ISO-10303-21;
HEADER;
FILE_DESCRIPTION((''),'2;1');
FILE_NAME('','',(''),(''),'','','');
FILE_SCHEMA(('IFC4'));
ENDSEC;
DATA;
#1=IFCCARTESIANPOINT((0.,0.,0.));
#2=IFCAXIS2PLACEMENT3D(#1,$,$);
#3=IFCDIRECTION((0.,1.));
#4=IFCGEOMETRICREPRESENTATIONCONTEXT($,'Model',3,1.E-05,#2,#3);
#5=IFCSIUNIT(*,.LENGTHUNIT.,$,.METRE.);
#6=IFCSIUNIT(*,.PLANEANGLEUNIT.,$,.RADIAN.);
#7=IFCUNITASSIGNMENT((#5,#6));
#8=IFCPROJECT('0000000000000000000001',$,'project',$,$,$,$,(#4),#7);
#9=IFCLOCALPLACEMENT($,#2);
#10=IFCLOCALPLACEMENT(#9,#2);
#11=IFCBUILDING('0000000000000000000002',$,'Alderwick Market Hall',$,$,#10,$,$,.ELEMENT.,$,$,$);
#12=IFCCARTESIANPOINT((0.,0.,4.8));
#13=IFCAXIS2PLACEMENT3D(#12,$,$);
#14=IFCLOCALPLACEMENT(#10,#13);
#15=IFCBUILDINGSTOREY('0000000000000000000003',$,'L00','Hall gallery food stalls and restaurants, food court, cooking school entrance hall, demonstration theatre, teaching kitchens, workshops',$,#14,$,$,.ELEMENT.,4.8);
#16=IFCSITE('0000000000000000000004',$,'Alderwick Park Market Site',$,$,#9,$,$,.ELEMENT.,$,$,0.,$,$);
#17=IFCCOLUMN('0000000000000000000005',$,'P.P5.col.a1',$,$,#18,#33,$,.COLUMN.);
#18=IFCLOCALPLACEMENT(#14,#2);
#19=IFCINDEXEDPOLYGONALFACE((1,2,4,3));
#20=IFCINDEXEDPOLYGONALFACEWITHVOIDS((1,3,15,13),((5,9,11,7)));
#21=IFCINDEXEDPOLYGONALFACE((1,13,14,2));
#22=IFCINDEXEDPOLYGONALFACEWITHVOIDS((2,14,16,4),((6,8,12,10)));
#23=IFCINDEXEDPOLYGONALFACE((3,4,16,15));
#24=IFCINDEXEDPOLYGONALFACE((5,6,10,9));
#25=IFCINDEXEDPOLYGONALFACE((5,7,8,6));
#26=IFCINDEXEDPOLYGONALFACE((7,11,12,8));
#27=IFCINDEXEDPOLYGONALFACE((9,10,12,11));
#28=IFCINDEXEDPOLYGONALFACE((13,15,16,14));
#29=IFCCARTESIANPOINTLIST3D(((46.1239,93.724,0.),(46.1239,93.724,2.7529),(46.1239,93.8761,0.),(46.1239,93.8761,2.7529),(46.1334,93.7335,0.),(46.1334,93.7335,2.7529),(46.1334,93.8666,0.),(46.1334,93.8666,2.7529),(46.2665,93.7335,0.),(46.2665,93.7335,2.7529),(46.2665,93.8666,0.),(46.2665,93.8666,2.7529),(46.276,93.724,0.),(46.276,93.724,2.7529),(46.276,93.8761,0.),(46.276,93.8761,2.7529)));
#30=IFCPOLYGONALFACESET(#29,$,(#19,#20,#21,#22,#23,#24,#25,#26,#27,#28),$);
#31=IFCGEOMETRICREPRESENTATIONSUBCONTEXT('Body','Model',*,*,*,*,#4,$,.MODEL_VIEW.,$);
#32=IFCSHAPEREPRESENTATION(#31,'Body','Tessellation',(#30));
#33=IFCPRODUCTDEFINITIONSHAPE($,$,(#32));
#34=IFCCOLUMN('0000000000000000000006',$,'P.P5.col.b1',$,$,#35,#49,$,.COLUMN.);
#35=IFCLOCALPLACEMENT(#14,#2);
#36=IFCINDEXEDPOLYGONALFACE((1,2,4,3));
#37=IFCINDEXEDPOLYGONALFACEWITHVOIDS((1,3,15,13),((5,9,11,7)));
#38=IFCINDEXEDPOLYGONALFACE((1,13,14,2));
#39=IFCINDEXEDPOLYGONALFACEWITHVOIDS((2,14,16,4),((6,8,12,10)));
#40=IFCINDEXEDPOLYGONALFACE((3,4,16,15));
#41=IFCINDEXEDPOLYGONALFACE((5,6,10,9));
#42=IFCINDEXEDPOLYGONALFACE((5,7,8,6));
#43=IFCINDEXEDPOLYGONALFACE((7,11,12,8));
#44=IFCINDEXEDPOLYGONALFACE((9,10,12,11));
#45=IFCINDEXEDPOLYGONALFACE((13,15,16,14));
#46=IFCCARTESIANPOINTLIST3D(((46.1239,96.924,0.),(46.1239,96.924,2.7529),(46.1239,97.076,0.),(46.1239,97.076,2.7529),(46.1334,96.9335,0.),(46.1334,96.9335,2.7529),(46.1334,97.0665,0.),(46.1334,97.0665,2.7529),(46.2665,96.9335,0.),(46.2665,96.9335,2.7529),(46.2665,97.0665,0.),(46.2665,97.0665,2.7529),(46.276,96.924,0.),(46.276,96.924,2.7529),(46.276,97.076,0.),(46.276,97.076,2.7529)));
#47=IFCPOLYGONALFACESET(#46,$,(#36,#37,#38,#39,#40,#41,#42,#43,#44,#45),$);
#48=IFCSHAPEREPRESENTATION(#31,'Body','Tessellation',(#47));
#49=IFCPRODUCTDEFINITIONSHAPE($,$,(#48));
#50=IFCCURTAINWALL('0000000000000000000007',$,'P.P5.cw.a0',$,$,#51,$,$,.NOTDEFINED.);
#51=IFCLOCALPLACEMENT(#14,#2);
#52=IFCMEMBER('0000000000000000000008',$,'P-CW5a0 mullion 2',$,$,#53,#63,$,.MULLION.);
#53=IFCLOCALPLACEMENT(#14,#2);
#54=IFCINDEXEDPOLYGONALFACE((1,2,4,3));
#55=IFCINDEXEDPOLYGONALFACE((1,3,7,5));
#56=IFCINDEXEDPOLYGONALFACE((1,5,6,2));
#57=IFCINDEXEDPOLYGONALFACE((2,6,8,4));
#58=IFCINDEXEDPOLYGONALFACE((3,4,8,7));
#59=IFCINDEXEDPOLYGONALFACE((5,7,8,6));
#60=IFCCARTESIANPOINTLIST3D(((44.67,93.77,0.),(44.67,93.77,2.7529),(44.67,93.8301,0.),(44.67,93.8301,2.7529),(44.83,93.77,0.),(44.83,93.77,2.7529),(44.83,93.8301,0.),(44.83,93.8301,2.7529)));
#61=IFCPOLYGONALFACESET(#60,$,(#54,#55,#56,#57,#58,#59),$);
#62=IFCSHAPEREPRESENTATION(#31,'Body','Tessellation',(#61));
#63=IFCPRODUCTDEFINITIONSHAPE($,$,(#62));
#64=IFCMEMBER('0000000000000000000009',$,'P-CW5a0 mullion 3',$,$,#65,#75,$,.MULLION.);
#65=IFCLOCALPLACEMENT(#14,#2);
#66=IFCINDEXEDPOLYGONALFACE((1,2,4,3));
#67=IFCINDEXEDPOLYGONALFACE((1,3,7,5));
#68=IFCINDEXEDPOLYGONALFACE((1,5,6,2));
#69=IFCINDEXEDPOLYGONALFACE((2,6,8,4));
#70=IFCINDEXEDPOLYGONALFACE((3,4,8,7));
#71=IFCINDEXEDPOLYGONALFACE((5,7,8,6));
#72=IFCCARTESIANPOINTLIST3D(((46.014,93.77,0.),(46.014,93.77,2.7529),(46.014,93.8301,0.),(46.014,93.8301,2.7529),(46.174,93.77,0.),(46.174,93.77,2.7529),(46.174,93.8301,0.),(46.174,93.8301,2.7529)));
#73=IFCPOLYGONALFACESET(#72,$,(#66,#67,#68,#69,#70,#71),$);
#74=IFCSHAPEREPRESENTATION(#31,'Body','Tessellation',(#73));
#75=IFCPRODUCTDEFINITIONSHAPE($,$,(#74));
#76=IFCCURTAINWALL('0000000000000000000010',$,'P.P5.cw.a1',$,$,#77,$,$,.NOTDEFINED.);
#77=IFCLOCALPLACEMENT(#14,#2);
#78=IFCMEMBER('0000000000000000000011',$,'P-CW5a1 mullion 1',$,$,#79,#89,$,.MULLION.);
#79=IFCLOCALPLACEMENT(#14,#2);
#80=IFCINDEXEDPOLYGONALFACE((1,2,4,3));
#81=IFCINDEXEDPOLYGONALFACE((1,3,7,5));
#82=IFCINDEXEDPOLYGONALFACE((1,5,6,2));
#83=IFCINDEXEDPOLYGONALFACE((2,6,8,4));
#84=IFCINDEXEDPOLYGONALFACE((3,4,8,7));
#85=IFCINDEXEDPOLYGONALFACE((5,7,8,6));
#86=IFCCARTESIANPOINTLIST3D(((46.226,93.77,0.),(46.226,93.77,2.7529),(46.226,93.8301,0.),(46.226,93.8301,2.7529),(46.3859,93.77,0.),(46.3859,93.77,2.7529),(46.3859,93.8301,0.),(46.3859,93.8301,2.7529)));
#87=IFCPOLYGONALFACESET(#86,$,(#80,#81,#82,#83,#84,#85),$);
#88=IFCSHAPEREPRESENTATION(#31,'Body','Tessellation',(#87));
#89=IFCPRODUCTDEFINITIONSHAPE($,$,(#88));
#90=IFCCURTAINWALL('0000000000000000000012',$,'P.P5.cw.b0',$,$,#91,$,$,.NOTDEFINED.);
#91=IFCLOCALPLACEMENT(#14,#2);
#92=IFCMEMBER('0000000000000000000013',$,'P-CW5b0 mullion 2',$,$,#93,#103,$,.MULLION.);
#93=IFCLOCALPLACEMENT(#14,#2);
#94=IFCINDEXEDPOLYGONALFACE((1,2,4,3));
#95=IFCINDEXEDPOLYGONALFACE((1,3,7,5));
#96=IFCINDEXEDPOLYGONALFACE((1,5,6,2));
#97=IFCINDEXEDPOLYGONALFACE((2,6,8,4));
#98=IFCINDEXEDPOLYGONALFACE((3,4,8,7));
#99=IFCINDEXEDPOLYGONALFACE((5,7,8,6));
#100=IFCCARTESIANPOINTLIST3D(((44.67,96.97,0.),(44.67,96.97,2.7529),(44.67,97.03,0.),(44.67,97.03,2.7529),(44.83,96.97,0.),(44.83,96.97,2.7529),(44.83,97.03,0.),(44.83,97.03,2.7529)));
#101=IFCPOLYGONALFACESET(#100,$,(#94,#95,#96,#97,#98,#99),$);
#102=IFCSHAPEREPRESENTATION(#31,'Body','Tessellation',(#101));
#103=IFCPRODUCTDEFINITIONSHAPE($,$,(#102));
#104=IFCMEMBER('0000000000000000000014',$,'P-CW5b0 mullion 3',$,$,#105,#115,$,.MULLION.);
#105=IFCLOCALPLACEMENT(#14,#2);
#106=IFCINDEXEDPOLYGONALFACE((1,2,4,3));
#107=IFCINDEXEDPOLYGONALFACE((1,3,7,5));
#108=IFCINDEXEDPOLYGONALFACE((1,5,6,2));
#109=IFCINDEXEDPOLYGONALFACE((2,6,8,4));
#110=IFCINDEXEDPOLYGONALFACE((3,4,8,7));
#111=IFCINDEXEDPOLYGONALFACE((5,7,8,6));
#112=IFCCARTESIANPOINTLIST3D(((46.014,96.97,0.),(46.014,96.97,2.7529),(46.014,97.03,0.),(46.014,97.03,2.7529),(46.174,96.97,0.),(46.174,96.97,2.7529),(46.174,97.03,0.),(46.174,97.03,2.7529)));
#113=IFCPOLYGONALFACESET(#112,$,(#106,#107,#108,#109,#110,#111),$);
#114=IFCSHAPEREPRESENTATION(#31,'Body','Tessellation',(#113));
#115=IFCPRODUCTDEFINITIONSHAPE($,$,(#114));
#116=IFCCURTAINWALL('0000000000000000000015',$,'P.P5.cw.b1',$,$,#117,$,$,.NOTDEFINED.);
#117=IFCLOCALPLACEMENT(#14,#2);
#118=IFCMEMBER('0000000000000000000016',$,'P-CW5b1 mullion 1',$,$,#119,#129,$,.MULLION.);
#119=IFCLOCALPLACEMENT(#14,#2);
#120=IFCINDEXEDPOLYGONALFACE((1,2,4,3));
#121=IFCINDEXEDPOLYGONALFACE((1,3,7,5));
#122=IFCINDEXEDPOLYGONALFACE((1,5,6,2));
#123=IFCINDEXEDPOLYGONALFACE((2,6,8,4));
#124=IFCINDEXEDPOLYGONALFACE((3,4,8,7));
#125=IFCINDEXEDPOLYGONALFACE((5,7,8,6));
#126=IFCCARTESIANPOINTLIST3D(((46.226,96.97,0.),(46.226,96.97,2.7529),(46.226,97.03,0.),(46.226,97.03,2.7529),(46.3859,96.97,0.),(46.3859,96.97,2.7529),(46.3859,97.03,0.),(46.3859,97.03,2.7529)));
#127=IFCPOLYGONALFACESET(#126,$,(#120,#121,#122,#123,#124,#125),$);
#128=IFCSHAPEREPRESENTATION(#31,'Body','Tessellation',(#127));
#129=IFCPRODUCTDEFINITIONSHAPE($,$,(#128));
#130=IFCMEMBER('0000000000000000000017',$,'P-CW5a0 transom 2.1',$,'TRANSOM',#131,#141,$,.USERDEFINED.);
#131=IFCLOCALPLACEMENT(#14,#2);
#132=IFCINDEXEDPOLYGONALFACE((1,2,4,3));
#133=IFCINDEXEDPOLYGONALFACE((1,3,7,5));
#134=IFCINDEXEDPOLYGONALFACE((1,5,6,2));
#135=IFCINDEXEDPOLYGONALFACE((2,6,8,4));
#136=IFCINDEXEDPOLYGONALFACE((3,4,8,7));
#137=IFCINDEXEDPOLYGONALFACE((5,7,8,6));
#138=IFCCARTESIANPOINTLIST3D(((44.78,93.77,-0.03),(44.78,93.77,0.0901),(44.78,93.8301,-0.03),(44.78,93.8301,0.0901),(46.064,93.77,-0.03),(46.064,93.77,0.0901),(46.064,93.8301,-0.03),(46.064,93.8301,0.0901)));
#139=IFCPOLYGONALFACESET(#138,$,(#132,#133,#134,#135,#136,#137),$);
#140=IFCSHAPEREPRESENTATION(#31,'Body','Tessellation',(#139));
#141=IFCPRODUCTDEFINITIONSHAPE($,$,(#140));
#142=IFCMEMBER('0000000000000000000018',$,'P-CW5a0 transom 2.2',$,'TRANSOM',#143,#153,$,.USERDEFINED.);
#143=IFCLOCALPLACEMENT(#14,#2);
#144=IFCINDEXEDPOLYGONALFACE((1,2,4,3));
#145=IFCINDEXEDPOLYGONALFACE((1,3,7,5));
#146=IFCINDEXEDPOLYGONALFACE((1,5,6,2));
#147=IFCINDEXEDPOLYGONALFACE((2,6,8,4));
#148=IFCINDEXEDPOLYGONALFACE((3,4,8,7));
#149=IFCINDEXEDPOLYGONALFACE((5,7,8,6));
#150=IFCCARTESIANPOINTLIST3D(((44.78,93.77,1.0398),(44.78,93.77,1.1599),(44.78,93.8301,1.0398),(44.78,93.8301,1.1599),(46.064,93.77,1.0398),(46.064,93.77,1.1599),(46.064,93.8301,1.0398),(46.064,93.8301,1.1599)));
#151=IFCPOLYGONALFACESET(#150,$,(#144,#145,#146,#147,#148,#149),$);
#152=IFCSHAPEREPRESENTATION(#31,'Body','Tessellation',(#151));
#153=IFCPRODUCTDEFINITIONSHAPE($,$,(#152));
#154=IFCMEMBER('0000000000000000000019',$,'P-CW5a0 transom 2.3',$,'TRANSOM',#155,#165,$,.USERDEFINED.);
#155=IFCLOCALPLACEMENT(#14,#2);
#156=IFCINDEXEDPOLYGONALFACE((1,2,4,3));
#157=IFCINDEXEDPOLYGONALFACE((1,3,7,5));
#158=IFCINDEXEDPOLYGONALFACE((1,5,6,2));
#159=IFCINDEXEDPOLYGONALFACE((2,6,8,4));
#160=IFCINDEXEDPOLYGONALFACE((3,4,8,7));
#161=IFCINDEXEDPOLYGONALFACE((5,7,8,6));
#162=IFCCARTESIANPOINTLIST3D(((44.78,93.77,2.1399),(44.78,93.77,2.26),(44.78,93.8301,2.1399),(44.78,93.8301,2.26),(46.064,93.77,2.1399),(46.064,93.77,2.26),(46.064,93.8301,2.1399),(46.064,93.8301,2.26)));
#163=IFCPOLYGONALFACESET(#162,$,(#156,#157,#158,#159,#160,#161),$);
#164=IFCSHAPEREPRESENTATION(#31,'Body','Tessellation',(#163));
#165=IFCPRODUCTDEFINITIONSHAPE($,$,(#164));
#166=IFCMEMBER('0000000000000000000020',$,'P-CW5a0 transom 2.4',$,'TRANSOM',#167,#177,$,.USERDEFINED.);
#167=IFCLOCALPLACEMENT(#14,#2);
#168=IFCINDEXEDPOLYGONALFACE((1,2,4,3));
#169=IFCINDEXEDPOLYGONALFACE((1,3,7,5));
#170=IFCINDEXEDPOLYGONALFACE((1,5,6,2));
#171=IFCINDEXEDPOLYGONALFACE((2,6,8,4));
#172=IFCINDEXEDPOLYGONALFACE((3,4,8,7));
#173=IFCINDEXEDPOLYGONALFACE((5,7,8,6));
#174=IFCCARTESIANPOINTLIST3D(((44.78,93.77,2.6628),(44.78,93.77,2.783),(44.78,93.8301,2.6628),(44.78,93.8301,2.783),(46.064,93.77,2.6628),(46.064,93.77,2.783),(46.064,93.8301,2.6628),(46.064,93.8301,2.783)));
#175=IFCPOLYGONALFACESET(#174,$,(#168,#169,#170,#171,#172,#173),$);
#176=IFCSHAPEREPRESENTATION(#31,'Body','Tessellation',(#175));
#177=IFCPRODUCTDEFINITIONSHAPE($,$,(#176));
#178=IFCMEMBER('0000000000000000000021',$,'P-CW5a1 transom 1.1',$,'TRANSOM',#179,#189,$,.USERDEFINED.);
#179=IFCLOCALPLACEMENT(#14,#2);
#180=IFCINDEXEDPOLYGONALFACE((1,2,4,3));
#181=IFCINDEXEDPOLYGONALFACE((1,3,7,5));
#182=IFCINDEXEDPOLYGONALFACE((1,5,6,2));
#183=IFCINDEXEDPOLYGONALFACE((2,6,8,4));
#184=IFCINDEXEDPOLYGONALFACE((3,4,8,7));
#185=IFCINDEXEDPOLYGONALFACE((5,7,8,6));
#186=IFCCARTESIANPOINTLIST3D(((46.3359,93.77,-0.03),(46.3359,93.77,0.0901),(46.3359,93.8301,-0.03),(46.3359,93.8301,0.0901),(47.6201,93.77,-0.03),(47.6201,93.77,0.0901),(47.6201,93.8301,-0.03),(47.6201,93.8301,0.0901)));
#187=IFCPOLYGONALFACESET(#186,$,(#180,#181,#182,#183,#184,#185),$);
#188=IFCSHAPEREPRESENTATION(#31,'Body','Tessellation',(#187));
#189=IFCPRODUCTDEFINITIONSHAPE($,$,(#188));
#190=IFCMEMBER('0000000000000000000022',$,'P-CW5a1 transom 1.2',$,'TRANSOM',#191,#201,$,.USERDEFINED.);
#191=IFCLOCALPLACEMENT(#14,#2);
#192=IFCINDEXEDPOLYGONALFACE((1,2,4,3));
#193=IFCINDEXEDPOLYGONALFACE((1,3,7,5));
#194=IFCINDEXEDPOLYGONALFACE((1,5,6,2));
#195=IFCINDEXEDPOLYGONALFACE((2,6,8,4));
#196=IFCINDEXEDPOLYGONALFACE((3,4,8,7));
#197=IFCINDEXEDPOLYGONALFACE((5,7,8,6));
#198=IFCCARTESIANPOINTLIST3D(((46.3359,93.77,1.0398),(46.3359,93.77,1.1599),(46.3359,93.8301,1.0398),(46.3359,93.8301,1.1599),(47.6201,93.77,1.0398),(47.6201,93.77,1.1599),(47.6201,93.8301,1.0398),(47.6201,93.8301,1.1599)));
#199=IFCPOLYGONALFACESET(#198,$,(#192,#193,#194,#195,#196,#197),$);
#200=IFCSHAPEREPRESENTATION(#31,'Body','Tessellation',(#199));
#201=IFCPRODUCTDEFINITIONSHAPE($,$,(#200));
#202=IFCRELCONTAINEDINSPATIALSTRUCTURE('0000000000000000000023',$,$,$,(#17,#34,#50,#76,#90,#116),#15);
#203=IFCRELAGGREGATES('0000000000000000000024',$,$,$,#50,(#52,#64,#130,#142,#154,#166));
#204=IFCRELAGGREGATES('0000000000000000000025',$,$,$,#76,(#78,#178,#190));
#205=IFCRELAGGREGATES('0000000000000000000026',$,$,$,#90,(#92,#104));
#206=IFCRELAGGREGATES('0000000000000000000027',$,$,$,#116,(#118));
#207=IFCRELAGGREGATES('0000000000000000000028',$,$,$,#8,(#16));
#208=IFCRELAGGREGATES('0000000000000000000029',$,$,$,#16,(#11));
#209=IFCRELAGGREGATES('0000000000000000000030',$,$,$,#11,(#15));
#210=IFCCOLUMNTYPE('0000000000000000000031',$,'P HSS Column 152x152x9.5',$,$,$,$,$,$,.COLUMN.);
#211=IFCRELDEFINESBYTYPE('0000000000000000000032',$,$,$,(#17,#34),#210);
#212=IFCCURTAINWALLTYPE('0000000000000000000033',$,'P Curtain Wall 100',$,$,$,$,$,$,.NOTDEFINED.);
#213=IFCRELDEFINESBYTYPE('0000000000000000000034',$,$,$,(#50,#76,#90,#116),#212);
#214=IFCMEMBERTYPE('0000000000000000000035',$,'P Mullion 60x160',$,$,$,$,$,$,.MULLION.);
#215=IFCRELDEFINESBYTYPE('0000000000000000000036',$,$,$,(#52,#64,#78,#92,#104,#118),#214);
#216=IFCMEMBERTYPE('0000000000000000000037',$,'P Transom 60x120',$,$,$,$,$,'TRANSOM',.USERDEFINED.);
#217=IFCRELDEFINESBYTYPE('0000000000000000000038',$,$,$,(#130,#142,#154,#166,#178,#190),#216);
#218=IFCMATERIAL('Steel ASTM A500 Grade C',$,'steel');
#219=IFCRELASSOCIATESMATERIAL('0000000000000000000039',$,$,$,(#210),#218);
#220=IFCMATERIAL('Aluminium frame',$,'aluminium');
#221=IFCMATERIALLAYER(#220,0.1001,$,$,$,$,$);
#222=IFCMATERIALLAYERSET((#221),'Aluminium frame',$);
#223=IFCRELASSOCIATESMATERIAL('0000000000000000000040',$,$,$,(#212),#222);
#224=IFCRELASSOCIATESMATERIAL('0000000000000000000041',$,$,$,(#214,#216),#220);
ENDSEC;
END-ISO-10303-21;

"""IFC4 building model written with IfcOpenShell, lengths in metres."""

from ifc_helpers import new_model, si_unit, direction, frame, origin, origin_2d, place, context, subcontext, project, spatial, rectangle, hollow_rectangle, extrude, material, layer, layer_set, material_profile, profile_set, type_object, element, aggregate, save


model = new_model("IFC4")

# Units and contexts
model_context = context("Model", 3, precision=1e-05, world=origin(), true_north=direction((0.0, 1.0)))
body_context = subcontext(model_context, "Body", "Model", "MODEL_VIEW")
ifc_project = project(units=[si_unit("LENGTHUNIT", "METRE"), si_unit("PLANEANGLEUNIT", "RADIAN")], contexts=[model_context])

# Site, building, storey
site_placement = place(None, origin())
site = spatial("IfcSite", under=ifc_project, at=site_placement, Name="Alderwick Park Market Site", CompositionType="ELEMENT", RefElevation=0.0)
building_placement = place(site_placement, origin())
building = spatial("IfcBuilding", under=site, at=building_placement, Name="Alderwick Market Hall", CompositionType="ELEMENT")
storey_placement = place(building_placement, frame((0.0, 0.0, 4.8)))
storey = spatial("IfcBuildingStorey", under=building, at=storey_placement, Name="L00", Description="Hall gallery food stalls and restaurants, food court, cooking school entrance hall, demonstration theatre, teaching kitchens, workshops", CompositionType="ELEMENT", Elevation=4.8)

# Columns
ifc_material_1 = material(Name="Steel ASTM A500 Grade C", Category="steel")
ifc_material_profile_1 = material_profile(ifc_material_1, hollow_rectangle(XDim=0.1521, YDim=0.1521, WallThickness=0.0095, at=origin_2d()), Name="HSS152x152x9.5")
ifc_profile_set_1 = profile_set([ifc_material_profile_1], Name="Steel ASTM A500 Grade C")
column_type = type_object("IfcColumnType", Name="P HSS Column 152x152x9.5", PredefinedType="COLUMN", material=ifc_profile_set_1)
for number, where, z_axis, x_axis, name in (
    (1, (46.2, 93.8, 0.0), (0.0, 0.0, 1.0), (1.0, 0.0, 0.0), "P.P5.col.a1"),
    (2, (46.2, 97.0, 0.0), (0.0, 0.0, 1.0), (1.0, 0.0, 0.0), "P.P5.col.b1"),
):
    element("IfcColumn", number, at=place(storey_placement, frame(where, z_axis=z_axis, x_axis=x_axis)), inside=storey, type_object=column_type, Name=name, PredefinedType="COLUMN", context=body_context, shape_type="SweptSolid", body=[
        extrude(hollow_rectangle(XDim=0.1521, YDim=0.1521, WallThickness=0.0095, at=origin_2d()), origin(), (0.0, 0.0, 1.0), 2.7529),
    ])

# Curtain wall, members
ifc_material_2 = material(Name="Aluminium frame", Category="aluminium")
ifc_layer_1 = layer(ifc_material_2, 0.1001)
ifc_layer_set_1 = layer_set([ifc_layer_1], Name="Aluminium frame")
curtain_wall_type = type_object("IfcCurtainWallType", Name="P Curtain Wall 100", PredefinedType="NOTDEFINED", material=ifc_layer_set_1)
curtain_wall_1_placement = place(storey_placement, origin())
curtain_wall_1 = element("IfcCurtainWall", 3, at=curtain_wall_1_placement, inside=storey, type_object=curtain_wall_type, Name="P.P5.cw.a0", PredefinedType="NOTDEFINED")
ifc_material_profile_2 = material_profile(ifc_material_2, rectangle(XDim=0.0601, YDim=0.1599, at=origin_2d()), Name="P Mullion 60x160")
ifc_profile_set_2 = profile_set([ifc_material_profile_2], Name="Aluminium frame")
member_type_1 = type_object("IfcMemberType", Name="P Mullion 60x160", PredefinedType="MULLION", material=ifc_profile_set_2)
member_1_placement = place(storey_placement, frame((44.75, 93.8, 0.0), z_axis=(0.0, 0.0, 1.0), x_axis=(0.0, 1.0, 0.0)))
member_1 = element("IfcMember", 4, at=member_1_placement, type_object=member_type_1, Name="P-CW5a0 mullion 2", PredefinedType="MULLION", context=body_context, shape_type="SweptSolid", body=[
    extrude(rectangle(XDim=0.0601, YDim=0.1599, at=origin_2d()), origin(), (0.0, 0.0, 1.0), 2.7529),
])
member_2_placement = place(storey_placement, frame((46.094, 93.8, 0.0), z_axis=(0.0, 0.0, 1.0), x_axis=(0.0, 1.0, 0.0)))
member_2 = element("IfcMember", 5, at=member_2_placement, type_object=member_type_1, Name="P-CW5a0 mullion 3", PredefinedType="MULLION", context=body_context, shape_type="SweptSolid", body=[
    extrude(rectangle(XDim=0.0601, YDim=0.1599, at=origin_2d()), origin(), (0.0, 0.0, 1.0), 2.7529),
])

# Curtain wall, member
curtain_wall_2_placement = place(storey_placement, origin())
curtain_wall_2 = element("IfcCurtainWall", 6, at=curtain_wall_2_placement, inside=storey, type_object=curtain_wall_type, Name="P.P5.cw.a1", PredefinedType="NOTDEFINED")
member_3_placement = place(storey_placement, frame((46.3059, 93.8, 0.0), z_axis=(0.0, 0.0, 1.0), x_axis=(0.0, 1.0, 0.0)))
member_3 = element("IfcMember", 7, at=member_3_placement, type_object=member_type_1, Name="P-CW5a1 mullion 1", PredefinedType="MULLION", context=body_context, shape_type="SweptSolid", body=[
    extrude(rectangle(XDim=0.0601, YDim=0.1599, at=origin_2d()), origin(), (0.0, 0.0, 1.0), 2.7529),
])

# Curtain wall, members
curtain_wall_3_placement = place(storey_placement, origin())
curtain_wall_3 = element("IfcCurtainWall", 8, at=curtain_wall_3_placement, inside=storey, type_object=curtain_wall_type, Name="P.P5.cw.b0", PredefinedType="NOTDEFINED")
member_4_placement = place(storey_placement, frame((44.75, 97.0, 0.0), z_axis=(0.0, 0.0, 1.0), x_axis=(0.0, 1.0, 0.0)))
member_4 = element("IfcMember", 9, at=member_4_placement, type_object=member_type_1, Name="P-CW5b0 mullion 2", PredefinedType="MULLION", context=body_context, shape_type="SweptSolid", body=[
    extrude(rectangle(XDim=0.0601, YDim=0.1599, at=origin_2d()), origin(), (0.0, 0.0, 1.0), 2.7529),
])
member_5_placement = place(storey_placement, frame((46.094, 97.0, 0.0), z_axis=(0.0, 0.0, 1.0), x_axis=(0.0, 1.0, 0.0)))
member_5 = element("IfcMember", 10, at=member_5_placement, type_object=member_type_1, Name="P-CW5b0 mullion 3", PredefinedType="MULLION", context=body_context, shape_type="SweptSolid", body=[
    extrude(rectangle(XDim=0.0601, YDim=0.1599, at=origin_2d()), origin(), (0.0, 0.0, 1.0), 2.7529),
])

# Curtain wall, member
curtain_wall_4_placement = place(storey_placement, origin())
curtain_wall_4 = element("IfcCurtainWall", 11, at=curtain_wall_4_placement, inside=storey, type_object=curtain_wall_type, Name="P.P5.cw.b1", PredefinedType="NOTDEFINED")
member_6_placement = place(storey_placement, frame((46.3059, 97.0, 0.0), z_axis=(0.0, 0.0, 1.0), x_axis=(0.0, 1.0, 0.0)))
member_6 = element("IfcMember", 12, at=member_6_placement, type_object=member_type_1, Name="P-CW5b1 mullion 1", PredefinedType="MULLION", context=body_context, shape_type="SweptSolid", body=[
    extrude(rectangle(XDim=0.0601, YDim=0.1599, at=origin_2d()), origin(), (0.0, 0.0, 1.0), 2.7529),
])

# Members
ifc_material_profile_3 = material_profile(ifc_material_2, rectangle(XDim=0.0601, YDim=0.1201, at=origin_2d()), Name="P Transom 60x120")
ifc_profile_set_3 = profile_set([ifc_material_profile_3], Name="Aluminium frame")
member_type_2 = type_object("IfcMemberType", Name="P Transom 60x120", ElementType="TRANSOM", PredefinedType="USERDEFINED", material=ifc_profile_set_3)
member_7_placement = place(storey_placement, frame((44.78, 93.8, 0.03), z_axis=(1.0, 0.0, 0.0), x_axis=(0.0, 1.0, 0.0)))
member_7 = element("IfcMember", 13, at=member_7_placement, type_object=member_type_2, Name="P-CW5a0 transom 2.1", ObjectType="TRANSOM", PredefinedType="USERDEFINED", context=body_context, shape_type="SweptSolid", body=[
    extrude(rectangle(XDim=0.0601, YDim=0.1201, at=origin_2d()), origin(), (0.0, 0.0, 1.0), 1.2839),
])
member_8_placement = place(storey_placement, frame((44.78, 93.8, 1.0999), z_axis=(1.0, 0.0, 0.0), x_axis=(0.0, 1.0, 0.0)))
member_8 = element("IfcMember", 14, at=member_8_placement, type_object=member_type_2, Name="P-CW5a0 transom 2.2", ObjectType="TRANSOM", PredefinedType="USERDEFINED", context=body_context, shape_type="SweptSolid", body=[
    extrude(rectangle(XDim=0.0601, YDim=0.1201, at=origin_2d()), origin(), (0.0, 0.0, 1.0), 1.2839),
])
member_9_placement = place(storey_placement, frame((44.78, 93.8, 2.2), z_axis=(1.0, 0.0, 0.0), x_axis=(0.0, 1.0, 0.0)))
member_9 = element("IfcMember", 15, at=member_9_placement, type_object=member_type_2, Name="P-CW5a0 transom 2.3", ObjectType="TRANSOM", PredefinedType="USERDEFINED", context=body_context, shape_type="SweptSolid", body=[
    extrude(rectangle(XDim=0.0601, YDim=0.1201, at=origin_2d()), origin(), (0.0, 0.0, 1.0), 1.2839),
])
member_10_placement = place(storey_placement, frame((44.78, 93.8, 2.7229), z_axis=(1.0, 0.0, 0.0), x_axis=(0.0, 1.0, 0.0)))
member_10 = element("IfcMember", 16, at=member_10_placement, type_object=member_type_2, Name="P-CW5a0 transom 2.4", ObjectType="TRANSOM", PredefinedType="USERDEFINED", context=body_context, shape_type="SweptSolid", body=[
    extrude(rectangle(XDim=0.0601, YDim=0.1201, at=origin_2d()), origin(), (0.0, 0.0, 1.0), 1.2839),
])
member_11_placement = place(storey_placement, frame((46.3359, 93.8, 0.03), z_axis=(1.0, 0.0, 0.0), x_axis=(0.0, 1.0, 0.0)))
member_11 = element("IfcMember", 17, at=member_11_placement, type_object=member_type_2, Name="P-CW5a1 transom 1.1", ObjectType="TRANSOM", PredefinedType="USERDEFINED", context=body_context, shape_type="SweptSolid", body=[
    extrude(rectangle(XDim=0.0601, YDim=0.1201, at=origin_2d()), origin(), (0.0, 0.0, 1.0), 1.2842),
])
member_12_placement = place(storey_placement, frame((46.3359, 93.8, 1.0999), z_axis=(1.0, 0.0, 0.0), x_axis=(0.0, 1.0, 0.0)))
member_12 = element("IfcMember", 18, at=member_12_placement, type_object=member_type_2, Name="P-CW5a1 transom 1.2", ObjectType="TRANSOM", PredefinedType="USERDEFINED", context=body_context, shape_type="SweptSolid", body=[
    extrude(rectangle(XDim=0.0601, YDim=0.1201, at=origin_2d()), origin(), (0.0, 0.0, 1.0), 1.2842),
])

aggregate(curtain_wall_1, [member_1, member_2, member_7, member_8, member_9, member_10])
aggregate(curtain_wall_2, [member_3, member_11, member_12])
aggregate(curtain_wall_3, [member_4, member_5])
aggregate(curtain_wall_4, [member_6])

save(model, "model.ifc")
